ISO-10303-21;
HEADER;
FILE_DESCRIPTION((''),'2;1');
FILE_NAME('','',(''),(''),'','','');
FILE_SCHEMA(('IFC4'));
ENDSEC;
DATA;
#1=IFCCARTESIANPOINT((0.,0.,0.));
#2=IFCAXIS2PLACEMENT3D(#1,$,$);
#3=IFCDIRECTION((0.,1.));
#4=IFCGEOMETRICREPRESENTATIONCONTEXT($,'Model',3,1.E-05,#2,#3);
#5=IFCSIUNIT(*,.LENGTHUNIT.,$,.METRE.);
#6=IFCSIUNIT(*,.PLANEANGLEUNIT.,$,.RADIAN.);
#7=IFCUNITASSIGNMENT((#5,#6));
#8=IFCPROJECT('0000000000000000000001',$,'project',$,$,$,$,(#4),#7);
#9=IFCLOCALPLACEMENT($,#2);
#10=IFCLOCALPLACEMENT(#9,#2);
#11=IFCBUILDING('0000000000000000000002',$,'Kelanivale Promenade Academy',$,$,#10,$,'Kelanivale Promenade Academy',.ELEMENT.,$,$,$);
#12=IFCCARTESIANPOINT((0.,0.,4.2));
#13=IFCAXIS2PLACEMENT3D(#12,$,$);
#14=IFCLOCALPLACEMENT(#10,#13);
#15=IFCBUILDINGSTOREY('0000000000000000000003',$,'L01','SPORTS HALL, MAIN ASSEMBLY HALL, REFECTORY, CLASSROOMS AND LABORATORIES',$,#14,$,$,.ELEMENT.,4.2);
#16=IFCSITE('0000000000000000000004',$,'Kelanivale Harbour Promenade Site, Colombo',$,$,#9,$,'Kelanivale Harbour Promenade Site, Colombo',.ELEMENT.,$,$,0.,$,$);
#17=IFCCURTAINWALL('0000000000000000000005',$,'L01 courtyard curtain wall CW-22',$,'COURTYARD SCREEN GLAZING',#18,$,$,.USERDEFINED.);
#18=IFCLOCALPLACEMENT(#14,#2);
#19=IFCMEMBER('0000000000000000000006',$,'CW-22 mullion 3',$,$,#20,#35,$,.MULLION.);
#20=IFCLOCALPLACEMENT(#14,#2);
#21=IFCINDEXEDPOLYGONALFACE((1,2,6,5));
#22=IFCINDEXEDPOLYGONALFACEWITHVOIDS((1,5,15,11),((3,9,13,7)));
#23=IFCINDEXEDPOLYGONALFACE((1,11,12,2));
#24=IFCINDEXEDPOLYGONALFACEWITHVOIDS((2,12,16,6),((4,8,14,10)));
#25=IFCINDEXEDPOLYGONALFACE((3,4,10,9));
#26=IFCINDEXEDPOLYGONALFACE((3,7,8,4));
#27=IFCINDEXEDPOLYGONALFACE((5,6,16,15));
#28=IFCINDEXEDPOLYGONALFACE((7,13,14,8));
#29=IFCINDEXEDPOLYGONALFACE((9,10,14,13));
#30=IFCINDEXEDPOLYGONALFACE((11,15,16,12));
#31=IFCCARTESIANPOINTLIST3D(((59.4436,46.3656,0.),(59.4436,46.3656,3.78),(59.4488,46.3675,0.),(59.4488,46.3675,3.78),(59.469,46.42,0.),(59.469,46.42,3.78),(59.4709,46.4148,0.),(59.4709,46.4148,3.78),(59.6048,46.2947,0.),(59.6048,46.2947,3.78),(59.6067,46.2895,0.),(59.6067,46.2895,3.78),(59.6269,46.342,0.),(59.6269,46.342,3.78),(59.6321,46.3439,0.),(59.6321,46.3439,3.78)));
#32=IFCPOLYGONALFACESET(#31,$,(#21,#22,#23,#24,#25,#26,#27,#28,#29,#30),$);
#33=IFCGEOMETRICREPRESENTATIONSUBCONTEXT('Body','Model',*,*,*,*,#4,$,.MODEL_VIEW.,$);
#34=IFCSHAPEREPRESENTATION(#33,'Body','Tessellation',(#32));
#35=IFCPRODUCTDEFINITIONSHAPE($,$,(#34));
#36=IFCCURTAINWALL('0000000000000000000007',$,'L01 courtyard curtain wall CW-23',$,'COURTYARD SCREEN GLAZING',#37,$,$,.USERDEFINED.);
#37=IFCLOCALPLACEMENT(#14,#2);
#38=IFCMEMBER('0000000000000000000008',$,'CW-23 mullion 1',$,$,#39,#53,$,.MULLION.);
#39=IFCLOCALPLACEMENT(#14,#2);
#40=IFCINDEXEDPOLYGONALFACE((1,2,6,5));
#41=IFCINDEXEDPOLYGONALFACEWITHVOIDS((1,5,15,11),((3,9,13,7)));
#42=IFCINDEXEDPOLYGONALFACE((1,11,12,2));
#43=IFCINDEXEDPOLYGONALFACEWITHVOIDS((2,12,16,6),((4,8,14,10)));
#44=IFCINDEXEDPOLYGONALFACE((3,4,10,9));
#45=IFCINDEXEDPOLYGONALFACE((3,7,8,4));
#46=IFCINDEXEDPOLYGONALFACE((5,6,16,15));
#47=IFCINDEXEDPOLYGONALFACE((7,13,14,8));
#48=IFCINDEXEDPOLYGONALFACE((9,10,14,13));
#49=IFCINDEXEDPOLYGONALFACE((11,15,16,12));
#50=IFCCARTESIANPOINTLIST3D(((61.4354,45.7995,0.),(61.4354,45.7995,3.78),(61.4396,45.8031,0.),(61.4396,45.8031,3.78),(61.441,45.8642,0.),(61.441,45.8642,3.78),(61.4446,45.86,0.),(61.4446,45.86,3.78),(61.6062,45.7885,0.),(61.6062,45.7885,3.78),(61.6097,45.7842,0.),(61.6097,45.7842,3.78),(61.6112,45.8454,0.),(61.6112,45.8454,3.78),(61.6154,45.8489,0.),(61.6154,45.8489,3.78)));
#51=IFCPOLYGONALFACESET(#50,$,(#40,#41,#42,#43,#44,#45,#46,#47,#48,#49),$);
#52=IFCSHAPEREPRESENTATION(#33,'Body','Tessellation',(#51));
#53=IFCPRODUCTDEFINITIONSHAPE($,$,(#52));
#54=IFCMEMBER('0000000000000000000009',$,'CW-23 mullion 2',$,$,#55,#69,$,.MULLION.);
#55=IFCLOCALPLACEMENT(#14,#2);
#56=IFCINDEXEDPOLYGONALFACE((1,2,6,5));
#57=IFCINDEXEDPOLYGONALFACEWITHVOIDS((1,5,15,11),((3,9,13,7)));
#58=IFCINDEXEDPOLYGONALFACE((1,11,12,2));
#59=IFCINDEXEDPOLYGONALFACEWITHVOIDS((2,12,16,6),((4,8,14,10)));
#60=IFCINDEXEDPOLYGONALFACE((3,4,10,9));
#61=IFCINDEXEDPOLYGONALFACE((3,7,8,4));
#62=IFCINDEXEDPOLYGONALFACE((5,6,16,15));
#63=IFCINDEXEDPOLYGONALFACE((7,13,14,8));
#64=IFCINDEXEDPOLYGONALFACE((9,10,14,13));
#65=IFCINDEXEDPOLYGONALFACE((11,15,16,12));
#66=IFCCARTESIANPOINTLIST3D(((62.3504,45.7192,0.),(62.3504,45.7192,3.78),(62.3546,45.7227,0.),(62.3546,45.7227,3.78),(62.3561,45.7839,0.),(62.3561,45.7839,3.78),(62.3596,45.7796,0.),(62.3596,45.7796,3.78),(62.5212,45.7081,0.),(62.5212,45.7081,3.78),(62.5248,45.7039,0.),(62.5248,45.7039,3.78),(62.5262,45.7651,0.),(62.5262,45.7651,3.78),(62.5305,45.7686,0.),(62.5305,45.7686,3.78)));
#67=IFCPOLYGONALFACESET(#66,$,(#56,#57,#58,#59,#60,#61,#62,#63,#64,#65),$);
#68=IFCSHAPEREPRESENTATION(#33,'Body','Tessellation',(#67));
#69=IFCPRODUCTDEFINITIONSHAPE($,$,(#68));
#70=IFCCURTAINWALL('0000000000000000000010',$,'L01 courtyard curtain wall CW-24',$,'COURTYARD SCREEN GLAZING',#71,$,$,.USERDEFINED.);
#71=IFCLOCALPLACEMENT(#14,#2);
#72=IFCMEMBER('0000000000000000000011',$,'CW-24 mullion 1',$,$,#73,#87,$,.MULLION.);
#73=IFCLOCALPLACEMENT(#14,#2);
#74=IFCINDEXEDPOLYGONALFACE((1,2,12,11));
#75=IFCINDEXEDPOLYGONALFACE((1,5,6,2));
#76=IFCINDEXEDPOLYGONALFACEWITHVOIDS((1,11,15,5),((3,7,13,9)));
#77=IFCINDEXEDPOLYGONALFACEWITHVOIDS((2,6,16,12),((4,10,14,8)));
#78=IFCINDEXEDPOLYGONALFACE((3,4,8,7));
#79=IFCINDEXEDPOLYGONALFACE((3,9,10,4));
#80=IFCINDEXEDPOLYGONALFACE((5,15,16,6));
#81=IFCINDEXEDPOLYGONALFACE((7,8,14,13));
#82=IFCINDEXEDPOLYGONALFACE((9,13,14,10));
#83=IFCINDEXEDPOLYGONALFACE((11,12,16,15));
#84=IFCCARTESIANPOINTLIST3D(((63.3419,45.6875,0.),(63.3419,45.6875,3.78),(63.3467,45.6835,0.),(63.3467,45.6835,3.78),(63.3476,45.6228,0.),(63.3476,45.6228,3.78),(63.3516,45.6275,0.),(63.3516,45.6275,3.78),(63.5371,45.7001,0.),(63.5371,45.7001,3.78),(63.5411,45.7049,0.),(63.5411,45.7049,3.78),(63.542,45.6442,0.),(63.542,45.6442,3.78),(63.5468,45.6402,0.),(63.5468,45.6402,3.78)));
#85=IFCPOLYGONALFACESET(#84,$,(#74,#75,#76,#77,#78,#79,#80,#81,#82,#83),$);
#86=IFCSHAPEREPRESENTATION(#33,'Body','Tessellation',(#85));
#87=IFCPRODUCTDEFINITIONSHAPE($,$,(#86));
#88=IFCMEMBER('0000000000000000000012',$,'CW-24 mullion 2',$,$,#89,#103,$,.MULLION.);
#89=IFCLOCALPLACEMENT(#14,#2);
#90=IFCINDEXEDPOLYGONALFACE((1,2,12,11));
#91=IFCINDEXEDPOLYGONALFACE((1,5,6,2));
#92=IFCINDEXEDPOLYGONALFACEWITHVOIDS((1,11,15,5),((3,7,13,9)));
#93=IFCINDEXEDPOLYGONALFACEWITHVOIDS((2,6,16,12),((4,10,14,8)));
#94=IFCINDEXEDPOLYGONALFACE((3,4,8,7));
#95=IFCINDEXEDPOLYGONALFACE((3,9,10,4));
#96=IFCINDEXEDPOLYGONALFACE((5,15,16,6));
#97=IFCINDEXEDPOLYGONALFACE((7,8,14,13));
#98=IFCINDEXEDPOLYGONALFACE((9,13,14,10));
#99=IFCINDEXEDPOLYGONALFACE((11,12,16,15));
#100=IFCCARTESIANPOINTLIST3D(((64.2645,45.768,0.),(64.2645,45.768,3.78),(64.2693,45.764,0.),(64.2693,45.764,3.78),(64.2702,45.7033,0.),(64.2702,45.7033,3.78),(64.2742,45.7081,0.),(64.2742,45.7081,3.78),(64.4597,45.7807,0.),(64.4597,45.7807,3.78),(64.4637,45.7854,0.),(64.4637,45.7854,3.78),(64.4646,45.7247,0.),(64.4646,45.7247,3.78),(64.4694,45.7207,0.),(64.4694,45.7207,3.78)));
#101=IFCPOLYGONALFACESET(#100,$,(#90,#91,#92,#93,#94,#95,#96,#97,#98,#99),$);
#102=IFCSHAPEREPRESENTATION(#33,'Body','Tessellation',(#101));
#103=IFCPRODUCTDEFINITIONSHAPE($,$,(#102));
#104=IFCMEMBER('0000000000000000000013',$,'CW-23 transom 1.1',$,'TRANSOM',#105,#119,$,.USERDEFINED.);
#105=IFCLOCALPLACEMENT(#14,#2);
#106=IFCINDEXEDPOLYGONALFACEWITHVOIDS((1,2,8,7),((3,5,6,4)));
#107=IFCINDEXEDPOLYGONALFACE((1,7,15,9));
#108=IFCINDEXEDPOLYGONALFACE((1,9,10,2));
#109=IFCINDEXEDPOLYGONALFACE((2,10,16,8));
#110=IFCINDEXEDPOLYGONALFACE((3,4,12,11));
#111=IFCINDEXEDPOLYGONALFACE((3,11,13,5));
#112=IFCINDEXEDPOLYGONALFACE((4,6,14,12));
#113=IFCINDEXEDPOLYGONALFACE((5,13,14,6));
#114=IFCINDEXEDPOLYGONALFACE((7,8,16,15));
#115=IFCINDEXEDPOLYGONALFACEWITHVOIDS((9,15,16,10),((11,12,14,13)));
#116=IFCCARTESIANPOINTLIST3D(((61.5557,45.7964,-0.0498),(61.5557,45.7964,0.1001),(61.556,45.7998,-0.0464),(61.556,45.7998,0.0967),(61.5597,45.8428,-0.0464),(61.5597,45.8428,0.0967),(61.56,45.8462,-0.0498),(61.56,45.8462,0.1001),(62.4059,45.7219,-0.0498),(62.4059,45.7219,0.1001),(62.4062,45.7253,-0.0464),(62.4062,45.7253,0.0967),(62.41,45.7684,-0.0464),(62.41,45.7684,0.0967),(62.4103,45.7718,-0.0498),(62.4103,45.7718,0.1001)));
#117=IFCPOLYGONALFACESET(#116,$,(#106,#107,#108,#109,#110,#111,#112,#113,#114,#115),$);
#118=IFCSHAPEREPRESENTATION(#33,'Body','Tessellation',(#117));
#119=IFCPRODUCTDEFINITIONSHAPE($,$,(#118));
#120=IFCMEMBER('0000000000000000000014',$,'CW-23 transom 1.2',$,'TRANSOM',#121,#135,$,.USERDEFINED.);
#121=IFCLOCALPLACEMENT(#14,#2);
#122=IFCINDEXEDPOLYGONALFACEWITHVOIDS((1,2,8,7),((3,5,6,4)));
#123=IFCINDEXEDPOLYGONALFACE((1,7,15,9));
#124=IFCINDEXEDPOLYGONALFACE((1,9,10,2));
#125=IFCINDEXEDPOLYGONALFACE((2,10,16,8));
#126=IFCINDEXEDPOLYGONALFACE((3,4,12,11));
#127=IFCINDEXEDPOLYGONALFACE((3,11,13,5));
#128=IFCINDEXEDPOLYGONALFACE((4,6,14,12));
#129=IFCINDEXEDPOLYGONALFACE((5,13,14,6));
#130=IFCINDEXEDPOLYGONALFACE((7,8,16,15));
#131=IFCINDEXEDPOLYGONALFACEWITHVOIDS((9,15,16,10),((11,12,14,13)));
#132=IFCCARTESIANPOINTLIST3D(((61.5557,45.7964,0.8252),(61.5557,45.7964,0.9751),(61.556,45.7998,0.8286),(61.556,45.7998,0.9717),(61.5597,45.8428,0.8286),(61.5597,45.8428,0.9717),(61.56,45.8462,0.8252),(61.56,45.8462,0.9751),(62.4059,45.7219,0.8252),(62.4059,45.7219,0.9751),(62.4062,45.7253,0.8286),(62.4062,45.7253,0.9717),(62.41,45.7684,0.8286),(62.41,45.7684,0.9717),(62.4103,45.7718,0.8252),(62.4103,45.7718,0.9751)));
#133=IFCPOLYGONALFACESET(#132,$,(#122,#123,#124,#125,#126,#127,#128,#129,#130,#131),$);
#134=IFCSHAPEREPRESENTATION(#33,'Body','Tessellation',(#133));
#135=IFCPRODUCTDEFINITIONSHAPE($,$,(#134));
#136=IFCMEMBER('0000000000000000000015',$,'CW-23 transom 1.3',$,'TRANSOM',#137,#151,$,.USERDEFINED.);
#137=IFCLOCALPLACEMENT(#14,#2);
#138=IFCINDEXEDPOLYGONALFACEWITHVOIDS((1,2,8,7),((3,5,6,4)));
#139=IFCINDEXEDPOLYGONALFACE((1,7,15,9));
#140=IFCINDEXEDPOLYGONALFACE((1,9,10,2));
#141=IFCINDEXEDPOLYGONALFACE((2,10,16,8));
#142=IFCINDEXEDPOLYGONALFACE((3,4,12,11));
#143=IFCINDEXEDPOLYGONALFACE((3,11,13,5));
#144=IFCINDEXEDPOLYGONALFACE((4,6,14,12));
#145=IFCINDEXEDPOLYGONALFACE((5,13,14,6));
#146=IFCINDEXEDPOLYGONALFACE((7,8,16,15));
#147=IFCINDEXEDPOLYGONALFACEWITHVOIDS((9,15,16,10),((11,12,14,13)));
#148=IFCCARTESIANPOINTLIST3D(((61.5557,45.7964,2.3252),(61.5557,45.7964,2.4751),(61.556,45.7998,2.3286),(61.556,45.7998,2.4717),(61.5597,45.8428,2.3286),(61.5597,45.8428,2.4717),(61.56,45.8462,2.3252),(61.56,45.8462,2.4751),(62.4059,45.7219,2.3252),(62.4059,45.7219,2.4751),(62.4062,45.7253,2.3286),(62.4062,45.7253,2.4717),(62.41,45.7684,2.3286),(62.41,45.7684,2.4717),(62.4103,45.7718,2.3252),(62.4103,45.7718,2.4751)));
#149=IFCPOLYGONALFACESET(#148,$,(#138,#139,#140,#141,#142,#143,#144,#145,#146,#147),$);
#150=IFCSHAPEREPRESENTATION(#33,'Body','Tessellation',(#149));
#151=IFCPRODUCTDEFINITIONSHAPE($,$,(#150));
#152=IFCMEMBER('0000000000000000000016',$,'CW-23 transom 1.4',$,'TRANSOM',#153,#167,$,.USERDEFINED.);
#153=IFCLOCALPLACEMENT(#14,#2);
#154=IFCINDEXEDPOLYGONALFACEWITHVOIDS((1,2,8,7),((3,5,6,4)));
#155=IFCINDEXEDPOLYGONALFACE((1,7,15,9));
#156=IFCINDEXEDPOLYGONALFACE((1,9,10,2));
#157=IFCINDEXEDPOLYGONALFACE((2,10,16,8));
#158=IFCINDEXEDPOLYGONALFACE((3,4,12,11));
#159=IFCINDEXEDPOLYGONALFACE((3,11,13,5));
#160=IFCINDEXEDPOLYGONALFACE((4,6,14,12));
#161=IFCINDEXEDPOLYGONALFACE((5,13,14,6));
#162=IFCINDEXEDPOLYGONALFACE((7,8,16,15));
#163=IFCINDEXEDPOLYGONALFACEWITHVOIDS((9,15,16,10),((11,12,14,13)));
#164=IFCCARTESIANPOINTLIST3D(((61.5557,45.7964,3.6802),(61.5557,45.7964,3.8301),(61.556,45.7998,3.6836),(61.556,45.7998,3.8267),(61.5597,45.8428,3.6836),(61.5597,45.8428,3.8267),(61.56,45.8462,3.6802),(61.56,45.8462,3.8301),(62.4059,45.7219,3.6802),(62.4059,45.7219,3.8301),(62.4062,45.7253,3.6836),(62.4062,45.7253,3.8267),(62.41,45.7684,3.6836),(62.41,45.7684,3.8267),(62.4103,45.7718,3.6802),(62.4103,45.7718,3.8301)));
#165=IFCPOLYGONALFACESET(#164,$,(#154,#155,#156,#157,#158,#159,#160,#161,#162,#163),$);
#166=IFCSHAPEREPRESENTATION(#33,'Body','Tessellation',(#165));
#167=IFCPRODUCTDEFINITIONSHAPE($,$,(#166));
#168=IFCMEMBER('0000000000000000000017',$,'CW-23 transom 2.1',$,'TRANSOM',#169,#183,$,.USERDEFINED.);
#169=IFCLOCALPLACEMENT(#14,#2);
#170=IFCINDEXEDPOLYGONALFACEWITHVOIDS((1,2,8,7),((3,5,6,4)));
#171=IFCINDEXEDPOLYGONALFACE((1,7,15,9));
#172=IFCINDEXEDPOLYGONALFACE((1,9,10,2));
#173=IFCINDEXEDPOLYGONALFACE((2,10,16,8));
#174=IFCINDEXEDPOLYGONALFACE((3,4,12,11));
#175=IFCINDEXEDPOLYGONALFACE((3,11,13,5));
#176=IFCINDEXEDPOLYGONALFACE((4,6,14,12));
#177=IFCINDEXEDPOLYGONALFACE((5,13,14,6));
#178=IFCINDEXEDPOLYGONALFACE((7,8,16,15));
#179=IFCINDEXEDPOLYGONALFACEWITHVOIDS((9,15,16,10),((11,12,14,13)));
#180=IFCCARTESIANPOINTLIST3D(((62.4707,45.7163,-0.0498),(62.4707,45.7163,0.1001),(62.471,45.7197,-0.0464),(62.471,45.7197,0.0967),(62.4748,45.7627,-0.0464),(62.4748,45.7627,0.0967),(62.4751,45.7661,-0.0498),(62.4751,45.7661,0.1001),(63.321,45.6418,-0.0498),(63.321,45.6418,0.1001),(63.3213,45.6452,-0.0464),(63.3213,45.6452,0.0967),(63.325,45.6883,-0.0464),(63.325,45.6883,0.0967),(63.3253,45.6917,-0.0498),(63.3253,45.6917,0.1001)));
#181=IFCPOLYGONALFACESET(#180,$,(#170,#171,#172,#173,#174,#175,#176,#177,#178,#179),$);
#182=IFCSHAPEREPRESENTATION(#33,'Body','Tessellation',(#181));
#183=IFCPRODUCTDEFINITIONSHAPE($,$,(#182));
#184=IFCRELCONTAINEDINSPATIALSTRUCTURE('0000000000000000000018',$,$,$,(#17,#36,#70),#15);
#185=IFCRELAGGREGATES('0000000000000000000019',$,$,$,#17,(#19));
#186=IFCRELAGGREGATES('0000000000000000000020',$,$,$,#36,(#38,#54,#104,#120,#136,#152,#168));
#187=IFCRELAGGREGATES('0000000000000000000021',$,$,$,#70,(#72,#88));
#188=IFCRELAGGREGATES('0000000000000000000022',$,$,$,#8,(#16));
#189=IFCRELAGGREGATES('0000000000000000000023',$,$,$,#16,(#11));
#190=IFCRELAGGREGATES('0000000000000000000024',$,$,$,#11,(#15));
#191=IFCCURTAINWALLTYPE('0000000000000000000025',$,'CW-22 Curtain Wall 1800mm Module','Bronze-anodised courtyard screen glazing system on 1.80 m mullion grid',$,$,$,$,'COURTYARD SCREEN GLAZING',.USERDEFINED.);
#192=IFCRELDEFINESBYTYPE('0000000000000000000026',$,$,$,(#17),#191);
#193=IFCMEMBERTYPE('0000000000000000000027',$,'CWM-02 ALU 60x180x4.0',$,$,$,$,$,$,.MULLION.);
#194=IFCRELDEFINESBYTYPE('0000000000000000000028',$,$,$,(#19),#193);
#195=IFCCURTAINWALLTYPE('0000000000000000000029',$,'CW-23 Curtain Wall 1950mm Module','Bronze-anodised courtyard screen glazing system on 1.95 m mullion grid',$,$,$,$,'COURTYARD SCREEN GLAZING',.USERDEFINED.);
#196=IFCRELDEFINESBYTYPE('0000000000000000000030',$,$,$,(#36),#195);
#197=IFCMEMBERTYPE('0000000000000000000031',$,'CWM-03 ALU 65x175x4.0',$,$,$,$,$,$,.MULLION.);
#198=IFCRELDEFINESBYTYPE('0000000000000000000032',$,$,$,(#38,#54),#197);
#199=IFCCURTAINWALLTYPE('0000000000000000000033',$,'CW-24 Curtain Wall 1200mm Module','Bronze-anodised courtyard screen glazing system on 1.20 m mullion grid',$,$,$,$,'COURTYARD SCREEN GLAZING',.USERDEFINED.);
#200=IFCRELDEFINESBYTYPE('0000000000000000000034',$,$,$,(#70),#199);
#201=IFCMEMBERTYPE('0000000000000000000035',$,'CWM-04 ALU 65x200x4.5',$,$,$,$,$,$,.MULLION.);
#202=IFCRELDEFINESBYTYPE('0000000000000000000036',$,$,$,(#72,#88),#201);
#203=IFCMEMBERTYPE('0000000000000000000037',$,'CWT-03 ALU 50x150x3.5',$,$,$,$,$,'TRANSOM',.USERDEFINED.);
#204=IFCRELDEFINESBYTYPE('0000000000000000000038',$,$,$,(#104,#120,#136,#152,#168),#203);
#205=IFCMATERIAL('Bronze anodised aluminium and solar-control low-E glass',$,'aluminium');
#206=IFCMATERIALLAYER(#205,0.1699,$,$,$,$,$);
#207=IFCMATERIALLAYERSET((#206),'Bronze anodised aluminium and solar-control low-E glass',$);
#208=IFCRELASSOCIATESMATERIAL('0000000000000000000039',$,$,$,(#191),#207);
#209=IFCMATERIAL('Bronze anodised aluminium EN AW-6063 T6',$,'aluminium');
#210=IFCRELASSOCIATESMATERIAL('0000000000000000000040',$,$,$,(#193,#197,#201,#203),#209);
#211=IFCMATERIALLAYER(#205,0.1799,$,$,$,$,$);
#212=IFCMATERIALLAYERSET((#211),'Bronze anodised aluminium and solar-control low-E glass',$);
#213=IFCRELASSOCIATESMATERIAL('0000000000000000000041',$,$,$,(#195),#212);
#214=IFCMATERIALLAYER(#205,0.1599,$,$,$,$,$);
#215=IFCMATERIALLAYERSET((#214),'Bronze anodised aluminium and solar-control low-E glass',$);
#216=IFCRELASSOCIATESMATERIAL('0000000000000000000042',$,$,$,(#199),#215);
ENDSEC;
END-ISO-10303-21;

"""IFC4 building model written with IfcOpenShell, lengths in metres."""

from ifc_helpers import new_model, si_unit, direction, frame, origin, origin_2d, place, context, subcontext, project, spatial, hollow_rectangle, extrude, material, layer, layer_set, material_profile, profile_set, type_object, element, aggregate, save


model = new_model("IFC4")

# Units and contexts
model_context = context("Model", 3, precision=1e-05, world=origin(), true_north=direction((0.0, 1.0)))
body_context = subcontext(model_context, "Body", "Model", "MODEL_VIEW")
ifc_project = project(units=[si_unit("LENGTHUNIT", "METRE"), si_unit("PLANEANGLEUNIT", "RADIAN")], contexts=[model_context])

# Site, building, storey
site_placement = place(None, origin())
site = spatial("IfcSite", under=ifc_project, at=site_placement, Name="Kelanivale Harbour Promenade Site, Colombo", LongName="Kelanivale Harbour Promenade Site, Colombo", CompositionType="ELEMENT", RefElevation=0.0)
building_placement = place(site_placement, origin())
building = spatial("IfcBuilding", under=site, at=building_placement, Name="Kelanivale Promenade Academy", LongName="Kelanivale Promenade Academy", CompositionType="ELEMENT")
storey_placement = place(building_placement, frame((0.0, 0.0, 4.2)))
storey = spatial("IfcBuildingStorey", under=building, at=storey_placement, Name="L01", Description="SPORTS HALL, MAIN ASSEMBLY HALL, REFECTORY, CLASSROOMS AND LABORATORIES", CompositionType="ELEMENT", Elevation=4.2)

# Curtain wall, member
ifc_material_1 = material(Name="Bronze anodised aluminium and solar-control low-E glass", Category="aluminium")
ifc_layer_1 = layer(ifc_material_1, 0.1699)
ifc_layer_set_1 = layer_set([ifc_layer_1], Name="Bronze anodised aluminium and solar-control low-E glass")
curtain_wall_type_1 = type_object("IfcCurtainWallType", Name="CW-22 Curtain Wall 1800mm Module", Description="Bronze-anodised courtyard screen glazing system on 1.80 m mullion grid", ElementType="COURTYARD SCREEN GLAZING", PredefinedType="USERDEFINED", material=ifc_layer_set_1)
curtain_wall_1_placement = place(storey_placement, origin())
curtain_wall_1 = element("IfcCurtainWall", 1, at=curtain_wall_1_placement, inside=storey, type_object=curtain_wall_type_1, Name="L01 courtyard curtain wall CW-22", ObjectType="COURTYARD SCREEN GLAZING", PredefinedType="USERDEFINED")
ifc_material_2 = material(Name="Bronze anodised aluminium EN AW-6063 T6", Category="aluminium")
ifc_material_profile_1 = material_profile(ifc_material_2, hollow_rectangle(XDim=0.0601, YDim=0.1799, WallThickness=0.0039, at=origin_2d()), Name="ALU 60x180x4.0")
ifc_profile_set_1 = profile_set([ifc_material_profile_1], Name="Bronze anodised aluminium EN AW-6063 T6")
member_type_1 = type_object("IfcMemberType", Name="CWM-02 ALU 60x180x4.0", PredefinedType="MULLION", material=ifc_profile_set_1)
member_1_placement = place(storey_placement, frame((59.5378, 46.3547, 0.0), z_axis=(0.0, 0.0, 1.0), x_axis=(0.423087, 0.906089, 0.0)))
member_1 = element("IfcMember", 2, at=member_1_placement, type_object=member_type_1, Name="CW-22 mullion 3", PredefinedType="MULLION", context=body_context, shape_type="SweptSolid", body=[
    extrude(hollow_rectangle(XDim=0.0601, YDim=0.1799, WallThickness=0.0039, at=origin_2d()), origin(), (0.0, 0.0, 1.0), 3.78),
])
aggregate(curtain_wall_1, [member_1])

# Curtain walls, members
ifc_layer_2 = layer(ifc_material_1, 0.1799)
ifc_layer_set_2 = layer_set([ifc_layer_2], Name="Bronze anodised aluminium and solar-control low-E glass")
curtain_wall_type_2 = type_object("IfcCurtainWallType", Name="CW-23 Curtain Wall 1950mm Module", Description="Bronze-anodised courtyard screen glazing system on 1.95 m mullion grid", ElementType="COURTYARD SCREEN GLAZING", PredefinedType="USERDEFINED", material=ifc_layer_set_2)
curtain_wall_2_placement = place(storey_placement, origin())
curtain_wall_2 = element("IfcCurtainWall", 3, at=curtain_wall_2_placement, inside=storey, type_object=curtain_wall_type_2, Name="L01 courtyard curtain wall CW-23", ObjectType="COURTYARD SCREEN GLAZING", PredefinedType="USERDEFINED")
ifc_material_profile_2 = material_profile(ifc_material_2, hollow_rectangle(XDim=0.0649, YDim=0.175, WallThickness=0.0039, at=origin_2d()), Name="ALU 65x175x4.0")
ifc_profile_set_2 = profile_set([ifc_material_profile_2], Name="Bronze anodised aluminium EN AW-6063 T6")
member_type_2 = type_object("IfcMemberType", Name="CWM-03 ALU 65x175x4.0", PredefinedType="MULLION", material=ifc_profile_set_2)
member_2_placement = place(storey_placement, frame((61.5254, 45.8242, 0.0), z_axis=(0.0, 0.0, 1.0), x_axis=(0.087265, 0.996185, 0.0)))
member_2 = element("IfcMember", 4, at=member_2_placement, type_object=member_type_2, Name="CW-23 mullion 1", PredefinedType="MULLION", context=body_context, shape_type="SweptSolid", body=[
    extrude(hollow_rectangle(XDim=0.0649, YDim=0.175, WallThickness=0.0039, at=origin_2d()), origin(), (0.0, 0.0, 1.0), 3.78),
])
member_3_placement = place(storey_placement, frame((62.4404, 45.7439, 0.0), z_axis=(0.0, 0.0, 1.0), x_axis=(0.087265, 0.996185, 0.0)))
member_3 = element("IfcMember", 5, at=member_3_placement, type_object=member_type_2, Name="CW-23 mullion 2", PredefinedType="MULLION", context=body_context, shape_type="SweptSolid", body=[
    extrude(hollow_rectangle(XDim=0.0649, YDim=0.175, WallThickness=0.0039, at=origin_2d()), origin(), (0.0, 0.0, 1.0), 3.78),
])
ifc_layer_3 = layer(ifc_material_1, 0.1599)
ifc_layer_set_3 = layer_set([ifc_layer_3], Name="Bronze anodised aluminium and solar-control low-E glass")
curtain_wall_type_3 = type_object("IfcCurtainWallType", Name="CW-24 Curtain Wall 1200mm Module", Description="Bronze-anodised courtyard screen glazing system on 1.20 m mullion grid", ElementType="COURTYARD SCREEN GLAZING", PredefinedType="USERDEFINED", material=ifc_layer_set_3)
curtain_wall_3_placement = place(storey_placement, origin())
curtain_wall_3 = element("IfcCurtainWall", 6, at=curtain_wall_3_placement, inside=storey, type_object=curtain_wall_type_3, Name="L01 courtyard curtain wall CW-24", ObjectType="COURTYARD SCREEN GLAZING", PredefinedType="USERDEFINED")
ifc_material_profile_3 = material_profile(ifc_material_2, hollow_rectangle(XDim=0.0649, YDim=0.2, WallThickness=0.0044, at=origin_2d()), Name="ALU 65x200x4.5")
ifc_profile_set_3 = profile_set([ifc_material_profile_3], Name="Bronze anodised aluminium EN AW-6063 T6")
member_type_3 = type_object("IfcMemberType", Name="CWM-04 ALU 65x200x4.5", PredefinedType="MULLION", material=ifc_profile_set_3)
member_4_placement = place(storey_placement, frame((63.4443, 45.6638, 0.0), z_axis=(0.0, 0.0, 1.0), x_axis=(-0.087102, 0.996199, 0.0)))
member_4 = element("IfcMember", 7, at=member_4_placement, type_object=member_type_3, Name="CW-24 mullion 1", PredefinedType="MULLION", context=body_context, shape_type="SweptSolid", body=[
    extrude(hollow_rectangle(XDim=0.0649, YDim=0.2, WallThickness=0.0044, at=origin_2d()), origin(), (0.0, 0.0, 1.0), 3.78),
])
member_5_placement = place(storey_placement, frame((64.3669, 45.7444, 0.0), z_axis=(0.0, 0.0, 1.0), x_axis=(-0.087102, 0.996199, 0.0)))
member_5 = element("IfcMember", 8, at=member_5_placement, type_object=member_type_3, Name="CW-24 mullion 2", PredefinedType="MULLION", context=body_context, shape_type="SweptSolid", body=[
    extrude(hollow_rectangle(XDim=0.0649, YDim=0.2, WallThickness=0.0044, at=origin_2d()), origin(), (0.0, 0.0, 1.0), 3.78),
])

# Members
ifc_material_profile_4 = material_profile(ifc_material_2, hollow_rectangle(XDim=0.05, YDim=0.1499, WallThickness=0.0034, at=origin_2d()), Name="ALU 50x150x3.5")
ifc_profile_set_4 = profile_set([ifc_material_profile_4], Name="Bronze anodised aluminium EN AW-6063 T6")
member_type_4 = type_object("IfcMemberType", Name="CWT-03 ALU 50x150x3.5", ElementType="TRANSOM", PredefinedType="USERDEFINED", material=ifc_profile_set_4)
member_6_placement = place(storey_placement, frame((61.5579, 45.8213, 0.0251), z_axis=(0.996188, -0.087234, 0.0), x_axis=(0.087234, 0.996188, 0.0)))
member_6 = element("IfcMember", 9, at=member_6_placement, type_object=member_type_4, Name="CW-23 transom 1.1", ObjectType="TRANSOM", PredefinedType="USERDEFINED", context=body_context, shape_type="SweptSolid", body=[
    extrude(hollow_rectangle(XDim=0.05, YDim=0.1499, WallThickness=0.0034, at=origin_2d()), origin(), (0.0, 0.0, 1.0), 0.8535),
])
member_7_placement = place(storey_placement, frame((61.5579, 45.8213, 0.9001), z_axis=(0.996188, -0.087234, 0.0), x_axis=(0.087234, 0.996188, 0.0)))
member_7 = element("IfcMember", 10, at=member_7_placement, type_object=member_type_4, Name="CW-23 transom 1.2", ObjectType="TRANSOM", PredefinedType="USERDEFINED", context=body_context, shape_type="SweptSolid", body=[
    extrude(hollow_rectangle(XDim=0.05, YDim=0.1499, WallThickness=0.0034, at=origin_2d()), origin(), (0.0, 0.0, 1.0), 0.8535),
])
member_8_placement = place(storey_placement, frame((61.5579, 45.8213, 2.4001), z_axis=(0.996188, -0.087234, 0.0), x_axis=(0.087234, 0.996188, 0.0)))
member_8 = element("IfcMember", 11, at=member_8_placement, type_object=member_type_4, Name="CW-23 transom 1.3", ObjectType="TRANSOM", PredefinedType="USERDEFINED", context=body_context, shape_type="SweptSolid", body=[
    extrude(hollow_rectangle(XDim=0.05, YDim=0.1499, WallThickness=0.0034, at=origin_2d()), origin(), (0.0, 0.0, 1.0), 0.8535),
])
member_9_placement = place(storey_placement, frame((61.5579, 45.8213, 3.7551), z_axis=(0.996188, -0.087234, 0.0), x_axis=(0.087234, 0.996188, 0.0)))
member_9 = element("IfcMember", 12, at=member_9_placement, type_object=member_type_4, Name="CW-23 transom 1.4", ObjectType="TRANSOM", PredefinedType="USERDEFINED", context=body_context, shape_type="SweptSolid", body=[
    extrude(hollow_rectangle(XDim=0.05, YDim=0.1499, WallThickness=0.0034, at=origin_2d()), origin(), (0.0, 0.0, 1.0), 0.8535),
])
member_10_placement = place(storey_placement, frame((62.4729, 45.7412, 0.0251), z_axis=(0.996188, -0.087234, 0.0), x_axis=(0.087234, 0.996188, 0.0)))
member_10 = element("IfcMember", 13, at=member_10_placement, type_object=member_type_4, Name="CW-23 transom 2.1", ObjectType="TRANSOM", PredefinedType="USERDEFINED", context=body_context, shape_type="SweptSolid", body=[
    extrude(hollow_rectangle(XDim=0.05, YDim=0.1499, WallThickness=0.0034, at=origin_2d()), origin(), (0.0, 0.0, 1.0), 0.8535),
])

aggregate(curtain_wall_2, [member_2, member_3, member_6, member_7, member_8, member_9, member_10])
aggregate(curtain_wall_3, [member_4, member_5])

save(model, "model.ifc")
